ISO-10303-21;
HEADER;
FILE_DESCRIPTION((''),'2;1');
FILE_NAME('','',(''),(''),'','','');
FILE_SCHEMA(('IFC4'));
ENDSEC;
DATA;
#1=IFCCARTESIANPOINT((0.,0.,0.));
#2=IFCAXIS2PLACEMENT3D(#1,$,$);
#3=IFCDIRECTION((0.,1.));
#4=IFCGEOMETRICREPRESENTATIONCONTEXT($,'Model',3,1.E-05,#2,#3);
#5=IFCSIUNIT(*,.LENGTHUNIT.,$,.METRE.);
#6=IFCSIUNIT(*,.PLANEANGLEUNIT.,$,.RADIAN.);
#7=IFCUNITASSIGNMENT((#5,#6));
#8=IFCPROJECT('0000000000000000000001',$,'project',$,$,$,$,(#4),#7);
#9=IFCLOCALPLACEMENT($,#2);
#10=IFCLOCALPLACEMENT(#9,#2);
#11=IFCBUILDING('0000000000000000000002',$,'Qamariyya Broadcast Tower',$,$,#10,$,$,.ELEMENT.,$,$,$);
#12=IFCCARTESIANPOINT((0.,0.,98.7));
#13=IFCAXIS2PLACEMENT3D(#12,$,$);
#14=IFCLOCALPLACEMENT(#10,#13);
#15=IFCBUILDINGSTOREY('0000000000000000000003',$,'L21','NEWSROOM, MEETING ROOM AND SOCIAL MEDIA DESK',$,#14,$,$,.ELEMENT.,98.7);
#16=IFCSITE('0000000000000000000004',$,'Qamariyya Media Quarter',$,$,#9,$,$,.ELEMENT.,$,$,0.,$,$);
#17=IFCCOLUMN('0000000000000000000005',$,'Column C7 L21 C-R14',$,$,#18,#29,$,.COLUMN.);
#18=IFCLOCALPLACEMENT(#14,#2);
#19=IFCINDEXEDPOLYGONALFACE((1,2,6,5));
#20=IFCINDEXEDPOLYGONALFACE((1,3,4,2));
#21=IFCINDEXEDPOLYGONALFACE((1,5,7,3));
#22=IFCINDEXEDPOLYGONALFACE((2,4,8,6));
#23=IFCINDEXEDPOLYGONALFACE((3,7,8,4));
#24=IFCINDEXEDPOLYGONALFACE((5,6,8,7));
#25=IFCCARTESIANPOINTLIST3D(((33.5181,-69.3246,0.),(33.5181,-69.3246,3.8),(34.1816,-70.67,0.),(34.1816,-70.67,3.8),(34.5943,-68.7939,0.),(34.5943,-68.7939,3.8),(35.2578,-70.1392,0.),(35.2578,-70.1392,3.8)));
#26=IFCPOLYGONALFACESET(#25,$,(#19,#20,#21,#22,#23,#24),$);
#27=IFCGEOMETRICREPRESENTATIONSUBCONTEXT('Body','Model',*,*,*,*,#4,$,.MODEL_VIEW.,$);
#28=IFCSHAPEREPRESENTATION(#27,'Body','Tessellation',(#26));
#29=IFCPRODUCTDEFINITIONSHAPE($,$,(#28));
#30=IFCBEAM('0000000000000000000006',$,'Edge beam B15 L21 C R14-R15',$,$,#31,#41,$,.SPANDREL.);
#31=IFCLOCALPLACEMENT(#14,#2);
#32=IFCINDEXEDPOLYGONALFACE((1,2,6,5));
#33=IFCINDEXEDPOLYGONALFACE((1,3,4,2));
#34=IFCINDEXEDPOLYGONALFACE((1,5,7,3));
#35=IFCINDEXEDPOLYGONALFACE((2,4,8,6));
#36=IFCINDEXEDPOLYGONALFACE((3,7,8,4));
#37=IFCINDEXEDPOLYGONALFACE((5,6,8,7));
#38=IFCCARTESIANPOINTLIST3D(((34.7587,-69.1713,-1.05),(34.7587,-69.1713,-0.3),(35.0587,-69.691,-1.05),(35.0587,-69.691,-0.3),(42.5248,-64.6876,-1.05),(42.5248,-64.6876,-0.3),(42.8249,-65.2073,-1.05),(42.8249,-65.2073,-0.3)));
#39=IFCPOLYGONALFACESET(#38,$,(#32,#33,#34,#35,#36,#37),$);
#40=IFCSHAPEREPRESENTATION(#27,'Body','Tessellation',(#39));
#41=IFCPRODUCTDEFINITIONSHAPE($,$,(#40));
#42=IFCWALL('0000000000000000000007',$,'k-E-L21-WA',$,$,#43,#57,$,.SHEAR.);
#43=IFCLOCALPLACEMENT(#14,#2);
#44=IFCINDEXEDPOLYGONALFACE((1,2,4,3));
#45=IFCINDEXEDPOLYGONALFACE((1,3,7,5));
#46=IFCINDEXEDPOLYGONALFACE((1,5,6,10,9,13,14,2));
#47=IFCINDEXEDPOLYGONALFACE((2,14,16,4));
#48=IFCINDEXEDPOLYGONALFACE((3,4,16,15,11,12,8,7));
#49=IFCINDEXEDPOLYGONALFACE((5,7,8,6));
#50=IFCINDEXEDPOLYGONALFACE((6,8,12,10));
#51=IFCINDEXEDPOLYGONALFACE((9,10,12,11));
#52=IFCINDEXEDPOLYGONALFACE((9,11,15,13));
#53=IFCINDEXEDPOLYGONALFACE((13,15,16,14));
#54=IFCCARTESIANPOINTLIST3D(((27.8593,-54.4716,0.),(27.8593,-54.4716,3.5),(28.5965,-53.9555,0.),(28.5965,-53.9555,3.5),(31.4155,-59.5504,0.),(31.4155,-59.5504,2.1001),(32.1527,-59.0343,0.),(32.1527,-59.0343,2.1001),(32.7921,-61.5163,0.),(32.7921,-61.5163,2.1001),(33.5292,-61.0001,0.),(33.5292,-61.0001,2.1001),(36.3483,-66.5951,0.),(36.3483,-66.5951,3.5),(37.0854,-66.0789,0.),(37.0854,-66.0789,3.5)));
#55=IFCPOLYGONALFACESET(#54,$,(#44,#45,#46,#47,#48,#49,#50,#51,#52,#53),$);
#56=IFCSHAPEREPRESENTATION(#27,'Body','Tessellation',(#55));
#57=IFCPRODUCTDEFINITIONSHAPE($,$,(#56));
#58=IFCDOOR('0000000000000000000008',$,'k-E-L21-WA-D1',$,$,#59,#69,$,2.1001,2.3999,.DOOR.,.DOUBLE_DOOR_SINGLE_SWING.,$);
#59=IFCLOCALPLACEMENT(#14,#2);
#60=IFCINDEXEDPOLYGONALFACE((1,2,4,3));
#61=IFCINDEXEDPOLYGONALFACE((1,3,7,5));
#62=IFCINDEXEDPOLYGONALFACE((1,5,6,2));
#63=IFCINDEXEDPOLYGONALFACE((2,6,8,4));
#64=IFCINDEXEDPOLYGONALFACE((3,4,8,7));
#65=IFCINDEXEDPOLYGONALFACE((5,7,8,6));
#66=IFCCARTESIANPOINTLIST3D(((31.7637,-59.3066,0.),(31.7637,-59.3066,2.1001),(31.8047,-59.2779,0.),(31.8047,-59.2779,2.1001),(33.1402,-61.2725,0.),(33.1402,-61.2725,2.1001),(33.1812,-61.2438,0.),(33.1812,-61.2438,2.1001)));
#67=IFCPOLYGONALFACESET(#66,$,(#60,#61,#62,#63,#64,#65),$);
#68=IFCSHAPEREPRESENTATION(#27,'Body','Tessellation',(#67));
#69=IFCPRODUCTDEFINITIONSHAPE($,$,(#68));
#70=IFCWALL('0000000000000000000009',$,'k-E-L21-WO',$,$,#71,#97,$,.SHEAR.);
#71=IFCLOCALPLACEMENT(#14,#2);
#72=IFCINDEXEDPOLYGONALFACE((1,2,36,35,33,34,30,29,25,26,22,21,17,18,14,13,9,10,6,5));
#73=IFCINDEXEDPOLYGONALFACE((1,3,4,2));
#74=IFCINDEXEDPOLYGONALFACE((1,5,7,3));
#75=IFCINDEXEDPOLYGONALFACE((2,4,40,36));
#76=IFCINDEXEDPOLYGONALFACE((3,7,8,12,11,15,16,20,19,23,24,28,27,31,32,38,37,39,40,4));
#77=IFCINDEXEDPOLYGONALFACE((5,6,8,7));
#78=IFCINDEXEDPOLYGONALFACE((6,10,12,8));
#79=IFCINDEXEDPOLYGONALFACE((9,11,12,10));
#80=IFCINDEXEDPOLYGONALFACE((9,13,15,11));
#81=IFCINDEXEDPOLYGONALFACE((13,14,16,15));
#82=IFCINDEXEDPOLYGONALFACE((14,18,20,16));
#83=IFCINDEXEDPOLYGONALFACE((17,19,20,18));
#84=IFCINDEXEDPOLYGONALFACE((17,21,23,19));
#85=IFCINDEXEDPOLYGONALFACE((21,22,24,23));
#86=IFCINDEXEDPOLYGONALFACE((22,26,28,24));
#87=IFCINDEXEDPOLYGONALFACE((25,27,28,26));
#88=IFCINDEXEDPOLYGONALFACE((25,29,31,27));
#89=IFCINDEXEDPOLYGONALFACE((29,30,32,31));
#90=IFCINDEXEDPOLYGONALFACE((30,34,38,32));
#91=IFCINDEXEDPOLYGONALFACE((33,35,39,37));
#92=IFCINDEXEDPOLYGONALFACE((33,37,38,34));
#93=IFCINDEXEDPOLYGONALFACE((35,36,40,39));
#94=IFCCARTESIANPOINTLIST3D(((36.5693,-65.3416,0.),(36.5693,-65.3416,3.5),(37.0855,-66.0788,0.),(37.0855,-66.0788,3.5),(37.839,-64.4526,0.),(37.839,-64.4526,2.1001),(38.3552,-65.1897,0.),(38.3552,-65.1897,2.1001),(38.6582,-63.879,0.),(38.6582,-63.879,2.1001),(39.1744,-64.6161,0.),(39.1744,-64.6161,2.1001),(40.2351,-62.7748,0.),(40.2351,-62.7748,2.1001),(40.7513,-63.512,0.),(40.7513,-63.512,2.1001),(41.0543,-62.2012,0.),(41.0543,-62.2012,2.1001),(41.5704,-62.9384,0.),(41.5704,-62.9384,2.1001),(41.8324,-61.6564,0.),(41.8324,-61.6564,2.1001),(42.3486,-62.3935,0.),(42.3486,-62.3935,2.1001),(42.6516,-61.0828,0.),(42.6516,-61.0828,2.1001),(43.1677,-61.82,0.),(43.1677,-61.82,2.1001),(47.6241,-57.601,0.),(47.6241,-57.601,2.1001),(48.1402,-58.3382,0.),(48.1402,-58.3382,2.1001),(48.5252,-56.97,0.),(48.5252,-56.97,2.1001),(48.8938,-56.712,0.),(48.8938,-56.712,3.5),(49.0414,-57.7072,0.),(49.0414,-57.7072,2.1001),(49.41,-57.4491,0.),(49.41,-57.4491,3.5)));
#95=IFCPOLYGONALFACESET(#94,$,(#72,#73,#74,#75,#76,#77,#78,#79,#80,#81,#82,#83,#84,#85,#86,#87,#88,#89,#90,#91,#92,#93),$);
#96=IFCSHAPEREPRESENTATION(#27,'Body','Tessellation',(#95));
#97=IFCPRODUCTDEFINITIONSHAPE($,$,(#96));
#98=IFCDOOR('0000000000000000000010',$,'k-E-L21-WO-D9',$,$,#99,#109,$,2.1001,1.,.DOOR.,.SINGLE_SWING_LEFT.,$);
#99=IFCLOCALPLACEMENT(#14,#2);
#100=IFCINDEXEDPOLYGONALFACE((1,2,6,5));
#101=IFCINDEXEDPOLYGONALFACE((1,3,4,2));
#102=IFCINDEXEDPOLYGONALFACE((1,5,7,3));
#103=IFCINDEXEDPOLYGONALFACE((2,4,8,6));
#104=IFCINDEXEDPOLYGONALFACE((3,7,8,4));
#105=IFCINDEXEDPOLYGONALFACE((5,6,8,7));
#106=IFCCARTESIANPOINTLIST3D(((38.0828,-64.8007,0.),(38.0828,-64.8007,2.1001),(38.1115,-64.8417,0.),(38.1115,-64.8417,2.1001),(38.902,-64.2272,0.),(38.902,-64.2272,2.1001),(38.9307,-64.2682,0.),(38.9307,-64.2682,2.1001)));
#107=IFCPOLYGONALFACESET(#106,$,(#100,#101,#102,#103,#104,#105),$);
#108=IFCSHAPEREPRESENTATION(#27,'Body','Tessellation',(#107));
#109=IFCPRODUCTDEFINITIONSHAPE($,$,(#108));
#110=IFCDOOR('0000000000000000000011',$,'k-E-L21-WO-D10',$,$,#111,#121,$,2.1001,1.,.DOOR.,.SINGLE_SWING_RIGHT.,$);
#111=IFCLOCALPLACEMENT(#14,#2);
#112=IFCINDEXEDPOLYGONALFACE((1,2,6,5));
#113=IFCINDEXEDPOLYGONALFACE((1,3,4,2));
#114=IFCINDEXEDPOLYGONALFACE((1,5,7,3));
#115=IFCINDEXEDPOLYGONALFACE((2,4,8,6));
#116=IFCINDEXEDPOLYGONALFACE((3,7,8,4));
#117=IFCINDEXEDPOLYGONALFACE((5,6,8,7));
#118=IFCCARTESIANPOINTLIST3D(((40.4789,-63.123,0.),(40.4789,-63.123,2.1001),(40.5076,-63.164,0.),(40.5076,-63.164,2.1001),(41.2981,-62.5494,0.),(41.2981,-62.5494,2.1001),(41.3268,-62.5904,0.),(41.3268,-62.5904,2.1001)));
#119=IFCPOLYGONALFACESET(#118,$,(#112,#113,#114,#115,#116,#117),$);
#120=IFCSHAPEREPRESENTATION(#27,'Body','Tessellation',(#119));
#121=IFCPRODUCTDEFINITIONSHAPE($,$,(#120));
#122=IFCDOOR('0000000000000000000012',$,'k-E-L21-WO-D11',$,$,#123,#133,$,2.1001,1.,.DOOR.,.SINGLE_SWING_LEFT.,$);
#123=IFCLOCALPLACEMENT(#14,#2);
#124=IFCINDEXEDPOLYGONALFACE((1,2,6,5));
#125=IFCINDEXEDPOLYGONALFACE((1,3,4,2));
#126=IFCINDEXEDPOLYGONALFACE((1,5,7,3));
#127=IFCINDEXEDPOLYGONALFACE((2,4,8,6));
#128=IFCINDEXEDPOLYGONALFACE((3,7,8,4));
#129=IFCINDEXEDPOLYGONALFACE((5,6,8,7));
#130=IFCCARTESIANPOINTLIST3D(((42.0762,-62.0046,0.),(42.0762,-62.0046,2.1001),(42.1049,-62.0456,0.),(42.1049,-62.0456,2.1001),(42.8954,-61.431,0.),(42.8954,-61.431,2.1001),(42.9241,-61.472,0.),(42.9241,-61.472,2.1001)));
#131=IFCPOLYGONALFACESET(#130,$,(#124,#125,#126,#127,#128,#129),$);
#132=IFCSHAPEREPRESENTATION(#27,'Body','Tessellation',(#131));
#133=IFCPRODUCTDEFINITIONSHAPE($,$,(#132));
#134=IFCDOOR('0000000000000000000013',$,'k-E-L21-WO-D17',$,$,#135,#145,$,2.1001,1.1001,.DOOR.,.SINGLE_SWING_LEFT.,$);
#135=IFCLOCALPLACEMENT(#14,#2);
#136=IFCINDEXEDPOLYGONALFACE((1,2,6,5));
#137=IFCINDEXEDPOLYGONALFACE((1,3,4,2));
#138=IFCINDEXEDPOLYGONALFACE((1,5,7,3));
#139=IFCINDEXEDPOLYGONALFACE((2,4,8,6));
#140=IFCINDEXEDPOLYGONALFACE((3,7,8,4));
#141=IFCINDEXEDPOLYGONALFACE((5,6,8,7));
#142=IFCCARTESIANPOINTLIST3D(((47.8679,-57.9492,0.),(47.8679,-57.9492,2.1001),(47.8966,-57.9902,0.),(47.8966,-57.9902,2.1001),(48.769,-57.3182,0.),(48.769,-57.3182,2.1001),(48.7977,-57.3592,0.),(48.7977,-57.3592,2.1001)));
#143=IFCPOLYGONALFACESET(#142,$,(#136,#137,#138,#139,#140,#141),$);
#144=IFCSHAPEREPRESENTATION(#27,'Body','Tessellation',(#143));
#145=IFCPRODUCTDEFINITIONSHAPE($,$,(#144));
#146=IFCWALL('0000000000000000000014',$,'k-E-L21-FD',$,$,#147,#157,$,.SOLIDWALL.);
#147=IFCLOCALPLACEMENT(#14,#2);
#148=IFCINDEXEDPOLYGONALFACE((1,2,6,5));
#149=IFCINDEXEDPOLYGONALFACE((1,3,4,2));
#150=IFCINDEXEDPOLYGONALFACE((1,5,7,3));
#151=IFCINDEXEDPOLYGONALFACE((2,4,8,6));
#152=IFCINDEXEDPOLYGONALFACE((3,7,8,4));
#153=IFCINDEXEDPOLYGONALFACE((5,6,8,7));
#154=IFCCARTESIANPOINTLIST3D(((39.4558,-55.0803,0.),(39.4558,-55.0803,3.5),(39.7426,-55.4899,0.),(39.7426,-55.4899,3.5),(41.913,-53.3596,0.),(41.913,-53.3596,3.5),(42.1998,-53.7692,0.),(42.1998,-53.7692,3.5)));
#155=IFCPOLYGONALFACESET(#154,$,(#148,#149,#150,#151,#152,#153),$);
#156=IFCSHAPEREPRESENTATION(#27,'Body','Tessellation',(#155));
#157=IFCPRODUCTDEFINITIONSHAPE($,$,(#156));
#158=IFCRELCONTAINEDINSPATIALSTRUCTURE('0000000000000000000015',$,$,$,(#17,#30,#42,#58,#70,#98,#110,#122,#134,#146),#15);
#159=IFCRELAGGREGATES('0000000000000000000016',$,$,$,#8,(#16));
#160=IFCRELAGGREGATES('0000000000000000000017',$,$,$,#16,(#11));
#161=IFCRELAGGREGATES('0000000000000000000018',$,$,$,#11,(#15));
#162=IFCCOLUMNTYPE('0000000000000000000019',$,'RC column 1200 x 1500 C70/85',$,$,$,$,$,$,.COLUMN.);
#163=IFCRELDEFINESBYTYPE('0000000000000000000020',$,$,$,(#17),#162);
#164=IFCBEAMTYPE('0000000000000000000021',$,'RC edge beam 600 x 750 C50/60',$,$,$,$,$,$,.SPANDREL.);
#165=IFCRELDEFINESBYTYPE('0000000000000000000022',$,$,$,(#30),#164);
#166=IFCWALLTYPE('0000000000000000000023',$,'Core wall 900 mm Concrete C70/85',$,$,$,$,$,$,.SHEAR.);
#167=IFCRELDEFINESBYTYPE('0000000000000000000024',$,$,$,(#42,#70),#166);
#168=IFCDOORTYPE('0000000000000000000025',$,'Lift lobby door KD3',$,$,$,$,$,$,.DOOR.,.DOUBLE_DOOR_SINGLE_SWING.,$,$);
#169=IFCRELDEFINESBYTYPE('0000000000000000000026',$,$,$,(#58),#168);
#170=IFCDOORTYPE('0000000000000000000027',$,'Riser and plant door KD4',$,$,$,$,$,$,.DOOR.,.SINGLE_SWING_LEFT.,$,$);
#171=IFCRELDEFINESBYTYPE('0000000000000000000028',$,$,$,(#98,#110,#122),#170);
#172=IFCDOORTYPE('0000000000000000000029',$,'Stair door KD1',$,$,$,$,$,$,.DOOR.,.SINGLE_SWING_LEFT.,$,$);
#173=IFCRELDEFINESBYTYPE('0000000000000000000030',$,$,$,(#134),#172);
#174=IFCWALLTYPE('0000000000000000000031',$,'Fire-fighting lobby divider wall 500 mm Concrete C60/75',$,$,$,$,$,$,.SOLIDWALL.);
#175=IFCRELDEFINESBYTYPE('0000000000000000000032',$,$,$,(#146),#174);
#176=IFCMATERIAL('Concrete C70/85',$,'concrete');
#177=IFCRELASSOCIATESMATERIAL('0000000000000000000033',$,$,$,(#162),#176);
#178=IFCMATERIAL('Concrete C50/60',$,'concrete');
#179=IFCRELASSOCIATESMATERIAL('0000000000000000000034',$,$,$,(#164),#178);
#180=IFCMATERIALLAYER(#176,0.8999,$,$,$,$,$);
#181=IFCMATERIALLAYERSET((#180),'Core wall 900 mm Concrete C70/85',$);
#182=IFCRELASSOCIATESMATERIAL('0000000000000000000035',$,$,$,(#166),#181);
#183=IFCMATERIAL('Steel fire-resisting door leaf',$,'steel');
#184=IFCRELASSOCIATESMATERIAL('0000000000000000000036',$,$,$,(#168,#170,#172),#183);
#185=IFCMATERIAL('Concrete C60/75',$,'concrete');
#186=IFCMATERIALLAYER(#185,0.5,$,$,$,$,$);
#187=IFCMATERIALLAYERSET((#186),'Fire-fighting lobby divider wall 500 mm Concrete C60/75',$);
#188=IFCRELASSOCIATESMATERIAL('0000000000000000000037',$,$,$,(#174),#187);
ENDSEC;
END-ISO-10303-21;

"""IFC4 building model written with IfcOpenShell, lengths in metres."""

from ifc_helpers import new_model, si_unit, direction, frame, frame_2d, origin, origin_2d, place, context, subcontext, project, spatial, rectangle, extrude, material, layer, layer_set, material_profile, profile_set, type_object, element, fill, save


model = new_model("IFC4")

# Units and contexts
model_context = context("Model", 3, precision=1e-05, world=origin(), true_north=direction((0.0, 1.0)))
body_context = subcontext(model_context, "Body", "Model", "MODEL_VIEW")
ifc_project = project(units=[si_unit("LENGTHUNIT", "METRE"), si_unit("PLANEANGLEUNIT", "RADIAN")], contexts=[model_context])

# Site, building, storey
site_placement = place(None, origin())
site = spatial("IfcSite", under=ifc_project, at=site_placement, Name="Qamariyya Media Quarter", CompositionType="ELEMENT", RefElevation=0.0)
building_placement = place(site_placement, origin())
building = spatial("IfcBuilding", under=site, at=building_placement, Name="Qamariyya Broadcast Tower", CompositionType="ELEMENT")
storey_placement = place(building_placement, frame((0.0, 0.0, 98.7)))
storey = spatial("IfcBuildingStorey", under=building, at=storey_placement, Name="L21", Description="NEWSROOM, MEETING ROOM AND SOCIAL MEDIA DESK", CompositionType="ELEMENT", Elevation=98.7)

# Column
ifc_material_1 = material(Name="Concrete C70/85", Category="concrete")
ifc_material_profile_1 = material_profile(ifc_material_1, rectangle(XDim=1.2, YDim=1.5, at=origin_2d()))
ifc_profile_set_1 = profile_set([ifc_material_profile_1], Name="Concrete C70/85")
column_type = type_object("IfcColumnType", Name="RC column 1200 x 1500 C70/85", PredefinedType="COLUMN", material=ifc_profile_set_1)
column_placement = place(storey_placement, frame((34.3879, -69.7319, 0.0), z_axis=(0.0, 0.0, 1.0), x_axis=(0.896873, 0.442289, 0.0)))
element("IfcColumn", 1, at=column_placement, inside=storey, type_object=column_type, Name="Column C7 L21 C-R14", PredefinedType="COLUMN", context=body_context, shape_type="SweptSolid", body=[
    extrude(rectangle(XDim=1.2, YDim=1.5, at=origin_2d()), origin(), (0.0, 0.0, 1.0), 3.8),
])

# Beam
ifc_material_2 = material(Name="Concrete C50/60", Category="concrete")
ifc_material_profile_2 = material_profile(ifc_material_2, rectangle(XDim=0.6001, YDim=0.75, at=origin_2d()))
ifc_profile_set_2 = profile_set([ifc_material_profile_2], Name="Concrete C50/60")
beam_type = type_object("IfcBeamType", Name="RC edge beam 600 x 750 C50/60", PredefinedType="SPANDREL", material=ifc_profile_set_2)
beam_placement = place(storey_placement, frame((34.9087, -69.4312, -0.675), z_axis=(0.866031, 0.49999, 0.0), x_axis=(-0.49999, 0.866031, 0.0)))
element("IfcBeam", 2, at=beam_placement, inside=storey, type_object=beam_type, Name="Edge beam B15 L21 C R14-R15", PredefinedType="SPANDREL", context=body_context, shape_type="SweptSolid", body=[
    extrude(rectangle(XDim=0.6001, YDim=0.75, at=origin_2d()), origin(), (0.0, 0.0, 1.0), 8.9675),
])

# Wall, opening, door
ifc_layer_1 = layer(ifc_material_1, 0.8999)
ifc_layer_set_1 = layer_set([ifc_layer_1], Name="Core wall 900 mm Concrete C70/85")
wall_type_1 = type_object("IfcWallType", Name="Core wall 900 mm Concrete C70/85", PredefinedType="SHEAR", material=ifc_layer_set_1)
wall_1_placement = place(storey_placement, frame((36.7168, -66.3369, 0.0), z_axis=(0.0, 0.0, 1.0), x_axis=(-0.573577, 0.819151, 0.0)))
wall_1 = element("IfcWall", 3, at=wall_1_placement, inside=storey, type_object=wall_type_1, Name="k-E-L21-WA", PredefinedType="SHEAR", context=body_context, shape_type="SweptSolid", body=[
    extrude(rectangle(XDim=14.8, YDim=0.8999, at=frame_2d((7.3999, 0.0))), origin(), (0.0, 0.0, 1.0), 3.5),
])
opening_1_placement = place(wall_1_placement, frame((6.2, 0.0, 0.0)))
opening_1 = element("IfcOpeningElement", 4, at=opening_1_placement, cuts=wall_1, PredefinedType="OPENING", context=body_context, shape_type="SweptSolid", body=[
    extrude(rectangle(XDim=2.3999, YDim=2.1001, at=frame_2d((1.2, 1.05))), frame((0.0, 0.46, 0.0), z_axis=(0.0, -1.0, 0.0), x_axis=(1.0, 0.0, 0.0)), (0.0, 0.0, 1.0), 0.9199),
])
ifc_material_3 = material(Name="Steel fire-resisting door leaf", Category="steel")
door_type_1 = type_object("IfcDoorType", Name="Lift lobby door KD3", OperationType="DOUBLE_DOOR_SINGLE_SWING", PredefinedType="DOOR", material=ifc_material_3)
door_1_placement = place(opening_1_placement, origin())
door_1 = element("IfcDoor", 5, at=door_1_placement, inside=storey, type_object=door_type_1, Name="k-E-L21-WA-D1", OperationType="DOUBLE_DOOR_SINGLE_SWING", OverallHeight=2.1001, OverallWidth=2.3999, PredefinedType="DOOR", context=body_context, shape_type="SweptSolid", body=[
    extrude(rectangle(XDim=2.3999, YDim=2.1001, at=frame_2d((1.2, 1.05))), frame((0.0, 0.0249, 0.0), z_axis=(0.0, -1.0, 0.0), x_axis=(1.0, 0.0, 0.0)), (0.0, 0.0, 1.0), 0.05),
])
fill(opening_1, door_1)

# Wall, openings, doors
wall_2_placement = place(storey_placement, frame((36.8274, -65.7102, 0.0), z_axis=(0.0, 0.0, 1.0), x_axis=(0.819153, 0.573575, 0.0)))
wall_2 = element("IfcWall", 6, at=wall_2_placement, inside=storey, type_object=wall_type_1, Name="k-E-L21-WO", PredefinedType="SHEAR", context=body_context, shape_type="SweptSolid", body=[
    extrude(rectangle(XDim=15.0454, YDim=0.8999, at=frame_2d((7.5227, 0.0))), origin(), (0.0, 0.0, 1.0), 3.5),
])
opening_2_placement = place(wall_2_placement, frame((1.55, 0.0, 0.0)))
opening_2 = element("IfcOpeningElement", 7, at=opening_2_placement, cuts=wall_2, PredefinedType="OPENING", context=body_context, shape_type="SweptSolid", body=[
    extrude(rectangle(XDim=1.0, YDim=2.1001, at=frame_2d((0.5, 1.05))), frame((0.0, 0.46, 0.0), z_axis=(0.0, -1.0, 0.0), x_axis=(1.0, 0.0, 0.0)), (0.0, 0.0, 1.0), 0.9199),
])
opening_3_placement = place(wall_2_placement, frame((4.4751, 0.0, 0.0)))
opening_3 = element("IfcOpeningElement", 8, at=opening_3_placement, cuts=wall_2, PredefinedType="OPENING", context=body_context, shape_type="SweptSolid", body=[
    extrude(rectangle(XDim=1.0, YDim=2.1001, at=frame_2d((0.5, 1.05))), frame((0.0, 0.46, 0.0), z_axis=(0.0, -1.0, 0.0), x_axis=(1.0, 0.0, 0.0)), (0.0, 0.0, 1.0), 0.9199),
])
opening_4_placement = place(wall_2_placement, frame((6.425, 0.0, 0.0)))
opening_4 = element("IfcOpeningElement", 9, at=opening_4_placement, cuts=wall_2, PredefinedType="OPENING", context=body_context, shape_type="SweptSolid", body=[
    extrude(rectangle(XDim=1.0, YDim=2.1001, at=frame_2d((0.5, 1.05))), frame((0.0, 0.46, 0.0), z_axis=(0.0, -1.0, 0.0), x_axis=(1.0, 0.0, 0.0)), (0.0, 0.0, 1.0), 0.9199),
])
opening_5_placement = place(wall_2_placement, frame((13.4954, 0.0, 0.0)))
opening_5 = element("IfcOpeningElement", 10, at=opening_5_placement, cuts=wall_2, PredefinedType="OPENING", context=body_context, shape_type="SweptSolid", body=[
    extrude(rectangle(XDim=1.1001, YDim=2.1001, at=frame_2d((0.55, 1.05))), frame((0.0, 0.46, 0.0), z_axis=(0.0, -1.0, 0.0), x_axis=(1.0, 0.0, 0.0)), (0.0, 0.0, 1.0), 0.9199),
])
door_type_2 = type_object("IfcDoorType", Name="Riser and plant door KD4", OperationType="SINGLE_SWING_LEFT", PredefinedType="DOOR", material=ifc_material_3)
door_2_placement = place(opening_2_placement, origin())
door_2 = element("IfcDoor", 11, at=door_2_placement, inside=storey, type_object=door_type_2, Name="k-E-L21-WO-D9", OperationType="SINGLE_SWING_LEFT", OverallHeight=2.1001, OverallWidth=1.0, PredefinedType="DOOR", context=body_context, shape_type="SweptSolid", body=[
    extrude(rectangle(XDim=1.0, YDim=2.1001, at=frame_2d((0.5, 1.05))), frame((0.0, 0.0249, 0.0), z_axis=(0.0, -1.0, 0.0), x_axis=(1.0, 0.0, 0.0)), (0.0, 0.0, 1.0), 0.05),
])
fill(opening_2, door_2)
door_3_placement = place(opening_3_placement, origin())
door_3 = element("IfcDoor", 12, at=door_3_placement, inside=storey, type_object=door_type_2, Name="k-E-L21-WO-D10", OperationType="SINGLE_SWING_RIGHT", OverallHeight=2.1001, OverallWidth=1.0, PredefinedType="DOOR", context=body_context, shape_type="SweptSolid", body=[
    extrude(rectangle(XDim=1.0, YDim=2.1001, at=frame_2d((0.5, 1.05))), frame((0.0, 0.0249, 0.0), z_axis=(0.0, -1.0, 0.0), x_axis=(1.0, 0.0, 0.0)), (0.0, 0.0, 1.0), 0.05),
])
fill(opening_3, door_3)
door_4_placement = place(opening_4_placement, origin())
door_4 = element("IfcDoor", 13, at=door_4_placement, inside=storey, type_object=door_type_2, Name="k-E-L21-WO-D11", OperationType="SINGLE_SWING_LEFT", OverallHeight=2.1001, OverallWidth=1.0, PredefinedType="DOOR", context=body_context, shape_type="SweptSolid", body=[
    extrude(rectangle(XDim=1.0, YDim=2.1001, at=frame_2d((0.5, 1.05))), frame((0.0, 0.0249, 0.0), z_axis=(0.0, -1.0, 0.0), x_axis=(1.0, 0.0, 0.0)), (0.0, 0.0, 1.0), 0.05),
])
fill(opening_4, door_4)
door_type_3 = type_object("IfcDoorType", Name="Stair door KD1", OperationType="SINGLE_SWING_LEFT", PredefinedType="DOOR", material=ifc_material_3)
door_5_placement = place(opening_5_placement, origin())
door_5 = element("IfcDoor", 14, at=door_5_placement, inside=storey, type_object=door_type_3, Name="k-E-L21-WO-D17", OperationType="SINGLE_SWING_LEFT", OverallHeight=2.1001, OverallWidth=1.1001, PredefinedType="DOOR", context=body_context, shape_type="SweptSolid", body=[
    extrude(rectangle(XDim=1.1001, YDim=2.1001, at=frame_2d((0.55, 1.05))), frame((0.0, 0.0249, 0.0), z_axis=(0.0, -1.0, 0.0), x_axis=(1.0, 0.0, 0.0)), (0.0, 0.0, 1.0), 0.05),
])
fill(opening_5, door_5)

# Wall
ifc_material_4 = material(Name="Concrete C60/75", Category="concrete")
ifc_layer_2 = layer(ifc_material_4, 0.5)
ifc_layer_set_2 = layer_set([ifc_layer_2], Name="Fire-fighting lobby divider wall 500 mm Concrete C60/75")
wall_type_2 = type_object("IfcWallType", Name="Fire-fighting lobby divider wall 500 mm Concrete C60/75", PredefinedType="SOLIDWALL", material=ifc_layer_set_2)
wall_3_placement = place(storey_placement, frame((39.5991, -55.2852, 0.0), z_axis=(0.0, 0.0, 1.0), x_axis=(0.819136, 0.573599, 0.0)))
element("IfcWall", 15, at=wall_3_placement, inside=storey, type_object=wall_type_2, Name="k-E-L21-FD", PredefinedType="SOLIDWALL", context=body_context, shape_type="SweptSolid", body=[
    extrude(rectangle(XDim=2.9998, YDim=0.5, at=frame_2d((1.5, 0.0))), origin(), (0.0, 0.0, 1.0), 3.5),
])

save(model, "model.ifc")
